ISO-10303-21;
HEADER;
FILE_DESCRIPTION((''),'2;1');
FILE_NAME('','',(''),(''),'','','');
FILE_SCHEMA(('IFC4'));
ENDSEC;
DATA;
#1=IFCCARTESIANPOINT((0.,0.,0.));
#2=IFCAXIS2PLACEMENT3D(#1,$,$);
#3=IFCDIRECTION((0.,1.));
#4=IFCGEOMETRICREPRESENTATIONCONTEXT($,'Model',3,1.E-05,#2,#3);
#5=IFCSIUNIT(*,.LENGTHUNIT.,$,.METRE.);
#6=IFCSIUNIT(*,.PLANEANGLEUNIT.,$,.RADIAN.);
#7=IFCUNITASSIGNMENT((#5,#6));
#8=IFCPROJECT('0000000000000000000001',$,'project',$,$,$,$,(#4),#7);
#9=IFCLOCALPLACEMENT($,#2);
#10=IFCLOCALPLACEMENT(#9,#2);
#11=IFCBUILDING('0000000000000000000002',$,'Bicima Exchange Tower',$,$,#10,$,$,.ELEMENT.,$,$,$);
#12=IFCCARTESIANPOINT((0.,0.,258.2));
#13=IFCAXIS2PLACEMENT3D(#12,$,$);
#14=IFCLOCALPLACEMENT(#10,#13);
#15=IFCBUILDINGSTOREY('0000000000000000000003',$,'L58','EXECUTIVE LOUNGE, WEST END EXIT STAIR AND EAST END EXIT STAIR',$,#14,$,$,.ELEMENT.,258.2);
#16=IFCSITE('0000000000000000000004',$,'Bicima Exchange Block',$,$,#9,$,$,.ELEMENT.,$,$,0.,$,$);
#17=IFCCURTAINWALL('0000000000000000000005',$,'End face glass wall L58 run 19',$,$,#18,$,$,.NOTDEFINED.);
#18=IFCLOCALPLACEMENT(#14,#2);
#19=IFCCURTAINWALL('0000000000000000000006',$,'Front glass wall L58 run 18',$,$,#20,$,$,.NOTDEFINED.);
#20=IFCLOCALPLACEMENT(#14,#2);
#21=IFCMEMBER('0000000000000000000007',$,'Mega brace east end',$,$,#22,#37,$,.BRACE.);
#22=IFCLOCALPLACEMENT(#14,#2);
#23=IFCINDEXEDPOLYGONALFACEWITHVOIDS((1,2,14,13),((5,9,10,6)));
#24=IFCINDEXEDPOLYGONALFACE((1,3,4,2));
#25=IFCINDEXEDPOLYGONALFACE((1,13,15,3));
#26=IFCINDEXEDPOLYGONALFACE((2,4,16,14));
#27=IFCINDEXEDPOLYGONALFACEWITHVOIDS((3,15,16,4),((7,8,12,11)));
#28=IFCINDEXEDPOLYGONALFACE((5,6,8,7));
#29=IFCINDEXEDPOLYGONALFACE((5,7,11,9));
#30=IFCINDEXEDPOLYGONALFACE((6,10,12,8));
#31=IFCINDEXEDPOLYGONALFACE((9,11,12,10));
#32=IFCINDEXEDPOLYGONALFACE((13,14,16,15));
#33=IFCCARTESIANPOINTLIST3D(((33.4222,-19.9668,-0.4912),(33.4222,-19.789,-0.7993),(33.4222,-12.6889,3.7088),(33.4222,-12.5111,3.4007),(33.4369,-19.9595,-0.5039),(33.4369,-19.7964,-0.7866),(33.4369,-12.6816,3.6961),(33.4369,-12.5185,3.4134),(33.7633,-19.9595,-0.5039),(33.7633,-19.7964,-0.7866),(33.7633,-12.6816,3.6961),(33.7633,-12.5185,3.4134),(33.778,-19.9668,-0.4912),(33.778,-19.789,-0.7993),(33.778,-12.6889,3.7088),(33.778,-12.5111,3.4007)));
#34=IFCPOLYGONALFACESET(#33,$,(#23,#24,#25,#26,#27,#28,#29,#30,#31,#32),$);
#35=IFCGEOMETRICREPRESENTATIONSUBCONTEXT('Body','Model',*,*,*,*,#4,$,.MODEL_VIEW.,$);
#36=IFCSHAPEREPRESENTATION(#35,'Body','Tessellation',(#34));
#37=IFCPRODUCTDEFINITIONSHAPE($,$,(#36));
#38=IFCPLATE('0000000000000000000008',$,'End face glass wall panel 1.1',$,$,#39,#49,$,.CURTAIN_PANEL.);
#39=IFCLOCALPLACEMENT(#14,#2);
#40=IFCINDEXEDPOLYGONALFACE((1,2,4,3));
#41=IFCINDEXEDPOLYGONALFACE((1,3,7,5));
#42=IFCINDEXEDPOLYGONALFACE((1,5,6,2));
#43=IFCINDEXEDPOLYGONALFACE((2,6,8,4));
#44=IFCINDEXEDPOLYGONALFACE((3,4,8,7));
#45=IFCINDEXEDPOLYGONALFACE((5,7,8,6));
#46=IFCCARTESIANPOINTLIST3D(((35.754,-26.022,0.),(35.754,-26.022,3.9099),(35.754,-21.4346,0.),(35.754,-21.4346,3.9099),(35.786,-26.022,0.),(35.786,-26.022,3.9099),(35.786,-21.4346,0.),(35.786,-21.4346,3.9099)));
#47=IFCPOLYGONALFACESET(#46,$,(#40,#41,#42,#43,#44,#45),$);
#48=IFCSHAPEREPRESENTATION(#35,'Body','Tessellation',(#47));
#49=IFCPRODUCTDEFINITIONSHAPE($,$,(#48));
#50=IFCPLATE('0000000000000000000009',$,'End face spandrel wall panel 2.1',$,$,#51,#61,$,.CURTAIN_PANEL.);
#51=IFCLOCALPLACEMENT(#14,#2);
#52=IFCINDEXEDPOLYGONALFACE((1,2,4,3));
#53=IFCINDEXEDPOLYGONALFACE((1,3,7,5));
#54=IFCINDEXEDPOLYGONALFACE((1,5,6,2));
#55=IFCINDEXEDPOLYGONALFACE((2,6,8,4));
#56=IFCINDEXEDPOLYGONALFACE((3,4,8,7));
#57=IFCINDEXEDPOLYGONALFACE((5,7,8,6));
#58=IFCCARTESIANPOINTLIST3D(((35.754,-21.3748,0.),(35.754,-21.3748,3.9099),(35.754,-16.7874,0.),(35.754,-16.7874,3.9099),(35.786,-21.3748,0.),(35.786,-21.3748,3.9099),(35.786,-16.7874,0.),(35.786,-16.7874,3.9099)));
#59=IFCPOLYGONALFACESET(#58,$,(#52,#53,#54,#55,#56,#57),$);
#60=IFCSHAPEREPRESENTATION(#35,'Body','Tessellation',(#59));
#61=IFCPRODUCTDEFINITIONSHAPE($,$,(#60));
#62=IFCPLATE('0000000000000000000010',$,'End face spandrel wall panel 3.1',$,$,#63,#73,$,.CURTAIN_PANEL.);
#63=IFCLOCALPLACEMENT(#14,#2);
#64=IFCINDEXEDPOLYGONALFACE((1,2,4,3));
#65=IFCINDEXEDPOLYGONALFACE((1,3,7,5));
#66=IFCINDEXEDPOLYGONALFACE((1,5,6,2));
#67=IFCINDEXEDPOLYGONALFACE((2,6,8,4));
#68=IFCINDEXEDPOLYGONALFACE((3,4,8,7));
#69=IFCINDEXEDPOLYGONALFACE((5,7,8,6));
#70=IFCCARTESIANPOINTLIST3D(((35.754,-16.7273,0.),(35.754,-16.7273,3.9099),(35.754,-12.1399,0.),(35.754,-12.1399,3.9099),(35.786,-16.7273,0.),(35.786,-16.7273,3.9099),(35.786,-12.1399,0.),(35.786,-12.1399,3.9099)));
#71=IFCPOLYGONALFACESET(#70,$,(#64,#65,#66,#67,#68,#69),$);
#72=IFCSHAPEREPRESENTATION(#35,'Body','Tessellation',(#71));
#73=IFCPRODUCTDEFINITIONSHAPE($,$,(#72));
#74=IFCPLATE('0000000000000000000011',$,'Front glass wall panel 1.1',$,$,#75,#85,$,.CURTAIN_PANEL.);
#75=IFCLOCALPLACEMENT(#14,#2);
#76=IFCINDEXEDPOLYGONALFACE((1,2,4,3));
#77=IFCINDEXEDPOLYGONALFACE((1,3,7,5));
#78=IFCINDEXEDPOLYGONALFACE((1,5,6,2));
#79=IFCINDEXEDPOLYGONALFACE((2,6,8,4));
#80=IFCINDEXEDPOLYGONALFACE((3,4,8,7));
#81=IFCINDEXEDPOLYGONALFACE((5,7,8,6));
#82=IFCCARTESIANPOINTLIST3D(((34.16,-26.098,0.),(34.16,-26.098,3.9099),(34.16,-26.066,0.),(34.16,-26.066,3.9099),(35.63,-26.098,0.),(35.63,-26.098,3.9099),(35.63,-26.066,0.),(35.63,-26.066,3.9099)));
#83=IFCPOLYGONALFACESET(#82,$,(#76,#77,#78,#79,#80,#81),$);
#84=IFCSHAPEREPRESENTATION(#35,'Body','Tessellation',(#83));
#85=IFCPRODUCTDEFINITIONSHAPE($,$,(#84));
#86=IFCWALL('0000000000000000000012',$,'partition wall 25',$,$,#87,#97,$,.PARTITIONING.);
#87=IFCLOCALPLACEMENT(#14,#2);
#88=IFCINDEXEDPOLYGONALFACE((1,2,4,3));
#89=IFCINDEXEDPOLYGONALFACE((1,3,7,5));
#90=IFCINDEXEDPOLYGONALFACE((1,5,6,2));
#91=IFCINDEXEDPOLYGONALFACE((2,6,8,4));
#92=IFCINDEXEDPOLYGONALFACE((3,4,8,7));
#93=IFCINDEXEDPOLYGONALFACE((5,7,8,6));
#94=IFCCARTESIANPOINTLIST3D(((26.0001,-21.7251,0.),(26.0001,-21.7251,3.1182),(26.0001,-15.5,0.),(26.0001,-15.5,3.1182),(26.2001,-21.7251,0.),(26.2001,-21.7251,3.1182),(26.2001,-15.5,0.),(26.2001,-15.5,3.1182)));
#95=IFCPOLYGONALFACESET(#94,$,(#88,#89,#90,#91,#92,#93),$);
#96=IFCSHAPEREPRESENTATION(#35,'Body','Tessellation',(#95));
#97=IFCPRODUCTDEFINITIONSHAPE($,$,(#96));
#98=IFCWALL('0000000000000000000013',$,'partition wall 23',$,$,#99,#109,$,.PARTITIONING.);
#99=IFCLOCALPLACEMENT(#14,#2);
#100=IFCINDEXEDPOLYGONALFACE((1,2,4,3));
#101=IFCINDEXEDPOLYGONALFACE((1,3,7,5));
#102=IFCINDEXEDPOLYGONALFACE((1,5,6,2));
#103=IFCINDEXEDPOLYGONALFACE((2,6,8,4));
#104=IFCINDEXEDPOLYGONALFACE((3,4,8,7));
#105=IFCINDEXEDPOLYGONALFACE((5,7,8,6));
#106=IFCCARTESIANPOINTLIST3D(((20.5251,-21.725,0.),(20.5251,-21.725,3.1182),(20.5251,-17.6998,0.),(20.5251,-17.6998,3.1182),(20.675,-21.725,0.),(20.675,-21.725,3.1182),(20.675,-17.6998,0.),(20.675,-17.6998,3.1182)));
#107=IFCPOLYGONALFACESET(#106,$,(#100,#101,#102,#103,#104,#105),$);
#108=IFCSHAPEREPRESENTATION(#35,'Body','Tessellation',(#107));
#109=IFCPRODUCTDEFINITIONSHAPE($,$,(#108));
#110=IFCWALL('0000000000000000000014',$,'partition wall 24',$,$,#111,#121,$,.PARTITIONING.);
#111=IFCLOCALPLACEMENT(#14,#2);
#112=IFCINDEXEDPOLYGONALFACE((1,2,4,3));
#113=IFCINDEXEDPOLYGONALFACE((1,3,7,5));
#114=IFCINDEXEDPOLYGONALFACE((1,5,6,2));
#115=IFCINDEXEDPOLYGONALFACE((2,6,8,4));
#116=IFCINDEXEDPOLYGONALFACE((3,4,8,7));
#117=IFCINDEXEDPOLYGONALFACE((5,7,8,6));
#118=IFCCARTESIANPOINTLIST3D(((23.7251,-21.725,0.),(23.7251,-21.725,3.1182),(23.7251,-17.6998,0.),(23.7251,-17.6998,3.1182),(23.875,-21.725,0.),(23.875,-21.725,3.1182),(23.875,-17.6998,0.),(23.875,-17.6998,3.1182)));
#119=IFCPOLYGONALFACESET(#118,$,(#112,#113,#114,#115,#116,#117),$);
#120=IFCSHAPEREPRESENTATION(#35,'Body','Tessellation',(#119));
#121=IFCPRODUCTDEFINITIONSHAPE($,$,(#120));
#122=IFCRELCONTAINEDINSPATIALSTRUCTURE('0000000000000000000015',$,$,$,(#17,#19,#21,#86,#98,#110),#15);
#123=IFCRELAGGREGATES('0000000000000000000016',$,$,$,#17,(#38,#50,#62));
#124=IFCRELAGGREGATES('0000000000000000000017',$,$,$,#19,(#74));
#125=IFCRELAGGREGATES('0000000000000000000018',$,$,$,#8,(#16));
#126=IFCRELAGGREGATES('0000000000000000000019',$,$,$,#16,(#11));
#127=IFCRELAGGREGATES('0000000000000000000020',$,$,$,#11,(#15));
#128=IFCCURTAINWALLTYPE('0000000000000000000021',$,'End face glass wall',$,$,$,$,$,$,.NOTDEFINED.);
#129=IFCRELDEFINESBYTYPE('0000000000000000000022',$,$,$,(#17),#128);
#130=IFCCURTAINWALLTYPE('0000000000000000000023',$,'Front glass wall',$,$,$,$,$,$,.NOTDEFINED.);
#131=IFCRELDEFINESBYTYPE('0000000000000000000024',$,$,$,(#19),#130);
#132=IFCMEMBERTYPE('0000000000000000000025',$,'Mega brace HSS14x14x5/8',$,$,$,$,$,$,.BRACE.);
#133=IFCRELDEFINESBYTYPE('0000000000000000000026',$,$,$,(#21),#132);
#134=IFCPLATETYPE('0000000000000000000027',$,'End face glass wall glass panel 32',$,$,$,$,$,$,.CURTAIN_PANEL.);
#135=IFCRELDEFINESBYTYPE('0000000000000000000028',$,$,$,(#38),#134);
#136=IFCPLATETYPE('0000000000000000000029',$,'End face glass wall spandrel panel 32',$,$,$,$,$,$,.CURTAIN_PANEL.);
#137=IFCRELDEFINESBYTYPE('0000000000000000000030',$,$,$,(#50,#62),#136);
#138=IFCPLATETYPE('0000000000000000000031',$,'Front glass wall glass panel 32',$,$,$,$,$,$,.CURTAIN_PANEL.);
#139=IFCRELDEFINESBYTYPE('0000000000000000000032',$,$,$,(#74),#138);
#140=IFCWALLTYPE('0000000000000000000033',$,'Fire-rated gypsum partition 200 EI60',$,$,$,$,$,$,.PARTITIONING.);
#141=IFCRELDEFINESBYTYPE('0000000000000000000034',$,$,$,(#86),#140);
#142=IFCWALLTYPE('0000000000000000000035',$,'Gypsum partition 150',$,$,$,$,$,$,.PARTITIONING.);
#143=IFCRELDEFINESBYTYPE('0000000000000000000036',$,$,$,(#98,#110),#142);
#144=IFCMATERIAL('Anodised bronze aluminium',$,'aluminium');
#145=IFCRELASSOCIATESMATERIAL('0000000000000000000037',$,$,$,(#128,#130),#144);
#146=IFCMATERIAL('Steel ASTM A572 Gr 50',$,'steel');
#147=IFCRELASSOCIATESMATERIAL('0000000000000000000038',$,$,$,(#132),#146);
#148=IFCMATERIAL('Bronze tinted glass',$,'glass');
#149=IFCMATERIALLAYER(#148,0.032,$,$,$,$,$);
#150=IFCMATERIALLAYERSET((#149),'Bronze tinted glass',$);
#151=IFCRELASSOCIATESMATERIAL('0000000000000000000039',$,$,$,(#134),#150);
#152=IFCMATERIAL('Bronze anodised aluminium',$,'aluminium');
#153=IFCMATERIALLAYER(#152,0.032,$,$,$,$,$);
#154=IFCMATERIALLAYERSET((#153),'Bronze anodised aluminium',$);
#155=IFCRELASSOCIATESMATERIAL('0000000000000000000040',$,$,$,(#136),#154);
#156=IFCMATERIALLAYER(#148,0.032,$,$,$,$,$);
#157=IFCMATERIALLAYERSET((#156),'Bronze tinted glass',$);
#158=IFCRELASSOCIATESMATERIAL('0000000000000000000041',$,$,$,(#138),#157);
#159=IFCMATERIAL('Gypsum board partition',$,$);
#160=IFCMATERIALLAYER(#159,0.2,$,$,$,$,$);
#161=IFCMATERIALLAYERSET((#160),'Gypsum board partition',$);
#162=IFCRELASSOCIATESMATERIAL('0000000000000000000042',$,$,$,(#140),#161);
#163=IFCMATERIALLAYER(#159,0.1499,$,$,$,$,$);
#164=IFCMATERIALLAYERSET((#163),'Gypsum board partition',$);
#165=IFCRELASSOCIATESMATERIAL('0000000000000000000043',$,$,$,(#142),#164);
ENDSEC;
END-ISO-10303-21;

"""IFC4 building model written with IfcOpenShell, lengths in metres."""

from ifc_helpers import new_model, si_unit, direction, frame, frame_2d, origin, origin_2d, place, context, subcontext, project, spatial, rectangle, hollow_rectangle, extrude, material, layer, layer_set, material_profile, profile_set, type_object, element, aggregate, save


model = new_model("IFC4")

# Units and contexts
model_context = context("Model", 3, precision=1e-05, world=origin(), true_north=direction((0.0, 1.0)))
body_context = subcontext(model_context, "Body", "Model", "MODEL_VIEW")
ifc_project = project(units=[si_unit("LENGTHUNIT", "METRE"), si_unit("PLANEANGLEUNIT", "RADIAN")], contexts=[model_context])

# Site, building, storey
site_placement = place(None, origin())
site = spatial("IfcSite", under=ifc_project, at=site_placement, Name="Bicima Exchange Block", CompositionType="ELEMENT", RefElevation=0.0)
building_placement = place(site_placement, origin())
building = spatial("IfcBuilding", under=site, at=building_placement, Name="Bicima Exchange Tower", CompositionType="ELEMENT")
storey_placement = place(building_placement, frame((0.0, 0.0, 258.2)))
storey = spatial("IfcBuildingStorey", under=building, at=storey_placement, Name="L58", Description="EXECUTIVE LOUNGE, WEST END EXIT STAIR AND EAST END EXIT STAIR", CompositionType="ELEMENT", Elevation=258.2)

# Curtain wall
ifc_material_1 = material(Name="Anodised bronze aluminium", Category="aluminium")
curtain_wall_type_1 = type_object("IfcCurtainWallType", Name="End face glass wall", PredefinedType="NOTDEFINED", material=ifc_material_1)
curtain_wall_1_placement = place(storey_placement, origin())
curtain_wall_1 = element("IfcCurtainWall", 1, at=curtain_wall_1_placement, inside=storey, type_object=curtain_wall_type_1, Name="End face glass wall L58 run 19", PredefinedType="NOTDEFINED")

# Curtain wall
curtain_wall_type_2 = type_object("IfcCurtainWallType", Name="Front glass wall", PredefinedType="NOTDEFINED", material=ifc_material_1)
curtain_wall_2_placement = place(storey_placement, origin())
curtain_wall_2 = element("IfcCurtainWall", 2, at=curtain_wall_2_placement, inside=storey, type_object=curtain_wall_type_2, Name="Front glass wall L58 run 18", PredefinedType="NOTDEFINED")

# Member
ifc_material_2 = material(Name="Steel ASTM A572 Gr 50", Category="steel")
ifc_material_profile_1 = material_profile(ifc_material_2, hollow_rectangle(XDim=0.3557, YDim=0.3557, WallThickness=0.0146, at=origin_2d()))
ifc_profile_set_1 = profile_set([ifc_material_profile_1], Name="Steel ASTM A572 Gr 50")
member_type_1 = type_object("IfcMemberType", Name="Mega brace HSS14x14x5/8", PredefinedType="BRACE", material=ifc_profile_set_1)
member_1_placement = place(storey_placement, frame((33.6001, -19.8779, -0.6453), z_axis=(0.0, 0.866124, 0.49983), x_axis=(-1.0, 0.0, 0.0)))
element("IfcMember", 3, at=member_1_placement, inside=storey, type_object=member_type_1, Name="Mega brace east end", PredefinedType="BRACE", context=body_context, shape_type="SweptSolid", body=[
    extrude(hollow_rectangle(XDim=0.3557, YDim=0.3557, WallThickness=0.0146, at=origin_2d()), origin(), (0.0, 0.0, 1.0), 8.4028),
])

# Plates
ifc_material_3 = material(Name="Bronze tinted glass", Category="glass")
ifc_layer_1 = layer(ifc_material_3, 0.032)
ifc_layer_set_1 = layer_set([ifc_layer_1], Name="Bronze tinted glass")
plate_type_1 = type_object("IfcPlateType", Name="End face glass wall glass panel 32", PredefinedType="CURTAIN_PANEL", material=ifc_layer_set_1)
plate_1_placement = place(storey_placement, frame((35.77, -23.7283, 0.0), z_axis=(0.0, 0.0, 1.0), x_axis=(0.0, 1.0, 0.0)))
plate_1 = element("IfcPlate", 4, at=plate_1_placement, type_object=plate_type_1, Name="End face glass wall panel 1.1", PredefinedType="CURTAIN_PANEL", context=body_context, shape_type="SweptSolid", body=[
    extrude(rectangle(XDim=4.5874, YDim=0.032, at=origin_2d()), origin(), (0.0, 0.0, 1.0), 3.9099),
])
ifc_material_4 = material(Name="Bronze anodised aluminium", Category="aluminium")
ifc_layer_2 = layer(ifc_material_4, 0.032)
ifc_layer_set_2 = layer_set([ifc_layer_2], Name="Bronze anodised aluminium")
plate_type_2 = type_object("IfcPlateType", Name="End face glass wall spandrel panel 32", PredefinedType="CURTAIN_PANEL", material=ifc_layer_set_2)
plate_2_placement = place(storey_placement, frame((35.77, -19.0811, 0.0), z_axis=(0.0, 0.0, 1.0), x_axis=(0.0, 1.0, 0.0)))
plate_2 = element("IfcPlate", 5, at=plate_2_placement, type_object=plate_type_2, Name="End face spandrel wall panel 2.1", PredefinedType="CURTAIN_PANEL", context=body_context, shape_type="SweptSolid", body=[
    extrude(rectangle(XDim=4.5874, YDim=0.032, at=origin_2d()), origin(), (0.0, 0.0, 1.0), 3.9099),
])
plate_3_placement = place(storey_placement, frame((35.77, -14.4336, 0.0), z_axis=(0.0, 0.0, 1.0), x_axis=(0.0, 1.0, 0.0)))
plate_3 = element("IfcPlate", 6, at=plate_3_placement, type_object=plate_type_2, Name="End face spandrel wall panel 3.1", PredefinedType="CURTAIN_PANEL", context=body_context, shape_type="SweptSolid", body=[
    extrude(rectangle(XDim=4.5874, YDim=0.032, at=origin_2d()), origin(), (0.0, 0.0, 1.0), 3.9099),
])
aggregate(curtain_wall_1, [plate_1, plate_2, plate_3])
ifc_layer_3 = layer(ifc_material_3, 0.032)
ifc_layer_set_3 = layer_set([ifc_layer_3], Name="Bronze tinted glass")
plate_type_3 = type_object("IfcPlateType", Name="Front glass wall glass panel 32", PredefinedType="CURTAIN_PANEL", material=ifc_layer_set_3)
plate_4_placement = place(storey_placement, frame((34.895, -26.082, 0.0), z_axis=(0.0, 0.0, 1.0), x_axis=(1.0, 0.0, 0.0)))
plate_4 = element("IfcPlate", 7, at=plate_4_placement, type_object=plate_type_3, Name="Front glass wall panel 1.1", PredefinedType="CURTAIN_PANEL", context=body_context, shape_type="SweptSolid", body=[
    extrude(rectangle(XDim=1.47, YDim=0.032, at=origin_2d()), origin(), (0.0, 0.0, 1.0), 3.9099),
])
aggregate(curtain_wall_2, [plate_4])

# Walls
ifc_material_5 = material(Name="Gypsum board partition")
ifc_layer_4 = layer(ifc_material_5, 0.2)
ifc_layer_set_4 = layer_set([ifc_layer_4], Name="Gypsum board partition")
wall_type_1 = type_object("IfcWallType", Name="Fire-rated gypsum partition 200 EI60", PredefinedType="PARTITIONING", material=ifc_layer_set_4)
wall_placement = place(storey_placement, frame((26.1001, -21.7251, 0.0), z_axis=(0.0, 0.0, 1.0), x_axis=(0.0, 1.0, 0.0)))
element("IfcWall", 8, at=wall_placement, inside=storey, type_object=wall_type_1, Name="partition wall 25", PredefinedType="PARTITIONING", context=body_context, shape_type="SweptSolid", body=[
    extrude(rectangle(XDim=6.2251, YDim=0.2, at=frame_2d((3.1125, 0.0))), origin(), (0.0, 0.0, 1.0), 3.1182),
])
ifc_layer_5 = layer(ifc_material_5, 0.1499)
ifc_layer_set_5 = layer_set([ifc_layer_5], Name="Gypsum board partition")
wall_type_2 = type_object("IfcWallType", Name="Gypsum partition 150", PredefinedType="PARTITIONING", material=ifc_layer_set_5)
for number, where, z_axis, x_axis, name in (
    (9, (20.6001, -21.7251, 0.0), (0.0, 0.0, 1.0), (0.0, 1.0, 0.0), "partition wall 23"),
    (10, (23.8, -21.7251, 0.0), (0.0, 0.0, 1.0), (0.0, 1.0, 0.0), "partition wall 24"),
):
    element("IfcWall", number, at=place(storey_placement, frame(where, z_axis=z_axis, x_axis=x_axis)), inside=storey, type_object=wall_type_2, Name=name, PredefinedType="PARTITIONING", context=body_context, shape_type="SweptSolid", body=[
        extrude(rectangle(XDim=4.0251, YDim=0.1499, at=frame_2d((2.0127, 0.0))), origin(), (0.0, 0.0, 1.0), 3.1182),
    ])

save(model, "model.ifc")
